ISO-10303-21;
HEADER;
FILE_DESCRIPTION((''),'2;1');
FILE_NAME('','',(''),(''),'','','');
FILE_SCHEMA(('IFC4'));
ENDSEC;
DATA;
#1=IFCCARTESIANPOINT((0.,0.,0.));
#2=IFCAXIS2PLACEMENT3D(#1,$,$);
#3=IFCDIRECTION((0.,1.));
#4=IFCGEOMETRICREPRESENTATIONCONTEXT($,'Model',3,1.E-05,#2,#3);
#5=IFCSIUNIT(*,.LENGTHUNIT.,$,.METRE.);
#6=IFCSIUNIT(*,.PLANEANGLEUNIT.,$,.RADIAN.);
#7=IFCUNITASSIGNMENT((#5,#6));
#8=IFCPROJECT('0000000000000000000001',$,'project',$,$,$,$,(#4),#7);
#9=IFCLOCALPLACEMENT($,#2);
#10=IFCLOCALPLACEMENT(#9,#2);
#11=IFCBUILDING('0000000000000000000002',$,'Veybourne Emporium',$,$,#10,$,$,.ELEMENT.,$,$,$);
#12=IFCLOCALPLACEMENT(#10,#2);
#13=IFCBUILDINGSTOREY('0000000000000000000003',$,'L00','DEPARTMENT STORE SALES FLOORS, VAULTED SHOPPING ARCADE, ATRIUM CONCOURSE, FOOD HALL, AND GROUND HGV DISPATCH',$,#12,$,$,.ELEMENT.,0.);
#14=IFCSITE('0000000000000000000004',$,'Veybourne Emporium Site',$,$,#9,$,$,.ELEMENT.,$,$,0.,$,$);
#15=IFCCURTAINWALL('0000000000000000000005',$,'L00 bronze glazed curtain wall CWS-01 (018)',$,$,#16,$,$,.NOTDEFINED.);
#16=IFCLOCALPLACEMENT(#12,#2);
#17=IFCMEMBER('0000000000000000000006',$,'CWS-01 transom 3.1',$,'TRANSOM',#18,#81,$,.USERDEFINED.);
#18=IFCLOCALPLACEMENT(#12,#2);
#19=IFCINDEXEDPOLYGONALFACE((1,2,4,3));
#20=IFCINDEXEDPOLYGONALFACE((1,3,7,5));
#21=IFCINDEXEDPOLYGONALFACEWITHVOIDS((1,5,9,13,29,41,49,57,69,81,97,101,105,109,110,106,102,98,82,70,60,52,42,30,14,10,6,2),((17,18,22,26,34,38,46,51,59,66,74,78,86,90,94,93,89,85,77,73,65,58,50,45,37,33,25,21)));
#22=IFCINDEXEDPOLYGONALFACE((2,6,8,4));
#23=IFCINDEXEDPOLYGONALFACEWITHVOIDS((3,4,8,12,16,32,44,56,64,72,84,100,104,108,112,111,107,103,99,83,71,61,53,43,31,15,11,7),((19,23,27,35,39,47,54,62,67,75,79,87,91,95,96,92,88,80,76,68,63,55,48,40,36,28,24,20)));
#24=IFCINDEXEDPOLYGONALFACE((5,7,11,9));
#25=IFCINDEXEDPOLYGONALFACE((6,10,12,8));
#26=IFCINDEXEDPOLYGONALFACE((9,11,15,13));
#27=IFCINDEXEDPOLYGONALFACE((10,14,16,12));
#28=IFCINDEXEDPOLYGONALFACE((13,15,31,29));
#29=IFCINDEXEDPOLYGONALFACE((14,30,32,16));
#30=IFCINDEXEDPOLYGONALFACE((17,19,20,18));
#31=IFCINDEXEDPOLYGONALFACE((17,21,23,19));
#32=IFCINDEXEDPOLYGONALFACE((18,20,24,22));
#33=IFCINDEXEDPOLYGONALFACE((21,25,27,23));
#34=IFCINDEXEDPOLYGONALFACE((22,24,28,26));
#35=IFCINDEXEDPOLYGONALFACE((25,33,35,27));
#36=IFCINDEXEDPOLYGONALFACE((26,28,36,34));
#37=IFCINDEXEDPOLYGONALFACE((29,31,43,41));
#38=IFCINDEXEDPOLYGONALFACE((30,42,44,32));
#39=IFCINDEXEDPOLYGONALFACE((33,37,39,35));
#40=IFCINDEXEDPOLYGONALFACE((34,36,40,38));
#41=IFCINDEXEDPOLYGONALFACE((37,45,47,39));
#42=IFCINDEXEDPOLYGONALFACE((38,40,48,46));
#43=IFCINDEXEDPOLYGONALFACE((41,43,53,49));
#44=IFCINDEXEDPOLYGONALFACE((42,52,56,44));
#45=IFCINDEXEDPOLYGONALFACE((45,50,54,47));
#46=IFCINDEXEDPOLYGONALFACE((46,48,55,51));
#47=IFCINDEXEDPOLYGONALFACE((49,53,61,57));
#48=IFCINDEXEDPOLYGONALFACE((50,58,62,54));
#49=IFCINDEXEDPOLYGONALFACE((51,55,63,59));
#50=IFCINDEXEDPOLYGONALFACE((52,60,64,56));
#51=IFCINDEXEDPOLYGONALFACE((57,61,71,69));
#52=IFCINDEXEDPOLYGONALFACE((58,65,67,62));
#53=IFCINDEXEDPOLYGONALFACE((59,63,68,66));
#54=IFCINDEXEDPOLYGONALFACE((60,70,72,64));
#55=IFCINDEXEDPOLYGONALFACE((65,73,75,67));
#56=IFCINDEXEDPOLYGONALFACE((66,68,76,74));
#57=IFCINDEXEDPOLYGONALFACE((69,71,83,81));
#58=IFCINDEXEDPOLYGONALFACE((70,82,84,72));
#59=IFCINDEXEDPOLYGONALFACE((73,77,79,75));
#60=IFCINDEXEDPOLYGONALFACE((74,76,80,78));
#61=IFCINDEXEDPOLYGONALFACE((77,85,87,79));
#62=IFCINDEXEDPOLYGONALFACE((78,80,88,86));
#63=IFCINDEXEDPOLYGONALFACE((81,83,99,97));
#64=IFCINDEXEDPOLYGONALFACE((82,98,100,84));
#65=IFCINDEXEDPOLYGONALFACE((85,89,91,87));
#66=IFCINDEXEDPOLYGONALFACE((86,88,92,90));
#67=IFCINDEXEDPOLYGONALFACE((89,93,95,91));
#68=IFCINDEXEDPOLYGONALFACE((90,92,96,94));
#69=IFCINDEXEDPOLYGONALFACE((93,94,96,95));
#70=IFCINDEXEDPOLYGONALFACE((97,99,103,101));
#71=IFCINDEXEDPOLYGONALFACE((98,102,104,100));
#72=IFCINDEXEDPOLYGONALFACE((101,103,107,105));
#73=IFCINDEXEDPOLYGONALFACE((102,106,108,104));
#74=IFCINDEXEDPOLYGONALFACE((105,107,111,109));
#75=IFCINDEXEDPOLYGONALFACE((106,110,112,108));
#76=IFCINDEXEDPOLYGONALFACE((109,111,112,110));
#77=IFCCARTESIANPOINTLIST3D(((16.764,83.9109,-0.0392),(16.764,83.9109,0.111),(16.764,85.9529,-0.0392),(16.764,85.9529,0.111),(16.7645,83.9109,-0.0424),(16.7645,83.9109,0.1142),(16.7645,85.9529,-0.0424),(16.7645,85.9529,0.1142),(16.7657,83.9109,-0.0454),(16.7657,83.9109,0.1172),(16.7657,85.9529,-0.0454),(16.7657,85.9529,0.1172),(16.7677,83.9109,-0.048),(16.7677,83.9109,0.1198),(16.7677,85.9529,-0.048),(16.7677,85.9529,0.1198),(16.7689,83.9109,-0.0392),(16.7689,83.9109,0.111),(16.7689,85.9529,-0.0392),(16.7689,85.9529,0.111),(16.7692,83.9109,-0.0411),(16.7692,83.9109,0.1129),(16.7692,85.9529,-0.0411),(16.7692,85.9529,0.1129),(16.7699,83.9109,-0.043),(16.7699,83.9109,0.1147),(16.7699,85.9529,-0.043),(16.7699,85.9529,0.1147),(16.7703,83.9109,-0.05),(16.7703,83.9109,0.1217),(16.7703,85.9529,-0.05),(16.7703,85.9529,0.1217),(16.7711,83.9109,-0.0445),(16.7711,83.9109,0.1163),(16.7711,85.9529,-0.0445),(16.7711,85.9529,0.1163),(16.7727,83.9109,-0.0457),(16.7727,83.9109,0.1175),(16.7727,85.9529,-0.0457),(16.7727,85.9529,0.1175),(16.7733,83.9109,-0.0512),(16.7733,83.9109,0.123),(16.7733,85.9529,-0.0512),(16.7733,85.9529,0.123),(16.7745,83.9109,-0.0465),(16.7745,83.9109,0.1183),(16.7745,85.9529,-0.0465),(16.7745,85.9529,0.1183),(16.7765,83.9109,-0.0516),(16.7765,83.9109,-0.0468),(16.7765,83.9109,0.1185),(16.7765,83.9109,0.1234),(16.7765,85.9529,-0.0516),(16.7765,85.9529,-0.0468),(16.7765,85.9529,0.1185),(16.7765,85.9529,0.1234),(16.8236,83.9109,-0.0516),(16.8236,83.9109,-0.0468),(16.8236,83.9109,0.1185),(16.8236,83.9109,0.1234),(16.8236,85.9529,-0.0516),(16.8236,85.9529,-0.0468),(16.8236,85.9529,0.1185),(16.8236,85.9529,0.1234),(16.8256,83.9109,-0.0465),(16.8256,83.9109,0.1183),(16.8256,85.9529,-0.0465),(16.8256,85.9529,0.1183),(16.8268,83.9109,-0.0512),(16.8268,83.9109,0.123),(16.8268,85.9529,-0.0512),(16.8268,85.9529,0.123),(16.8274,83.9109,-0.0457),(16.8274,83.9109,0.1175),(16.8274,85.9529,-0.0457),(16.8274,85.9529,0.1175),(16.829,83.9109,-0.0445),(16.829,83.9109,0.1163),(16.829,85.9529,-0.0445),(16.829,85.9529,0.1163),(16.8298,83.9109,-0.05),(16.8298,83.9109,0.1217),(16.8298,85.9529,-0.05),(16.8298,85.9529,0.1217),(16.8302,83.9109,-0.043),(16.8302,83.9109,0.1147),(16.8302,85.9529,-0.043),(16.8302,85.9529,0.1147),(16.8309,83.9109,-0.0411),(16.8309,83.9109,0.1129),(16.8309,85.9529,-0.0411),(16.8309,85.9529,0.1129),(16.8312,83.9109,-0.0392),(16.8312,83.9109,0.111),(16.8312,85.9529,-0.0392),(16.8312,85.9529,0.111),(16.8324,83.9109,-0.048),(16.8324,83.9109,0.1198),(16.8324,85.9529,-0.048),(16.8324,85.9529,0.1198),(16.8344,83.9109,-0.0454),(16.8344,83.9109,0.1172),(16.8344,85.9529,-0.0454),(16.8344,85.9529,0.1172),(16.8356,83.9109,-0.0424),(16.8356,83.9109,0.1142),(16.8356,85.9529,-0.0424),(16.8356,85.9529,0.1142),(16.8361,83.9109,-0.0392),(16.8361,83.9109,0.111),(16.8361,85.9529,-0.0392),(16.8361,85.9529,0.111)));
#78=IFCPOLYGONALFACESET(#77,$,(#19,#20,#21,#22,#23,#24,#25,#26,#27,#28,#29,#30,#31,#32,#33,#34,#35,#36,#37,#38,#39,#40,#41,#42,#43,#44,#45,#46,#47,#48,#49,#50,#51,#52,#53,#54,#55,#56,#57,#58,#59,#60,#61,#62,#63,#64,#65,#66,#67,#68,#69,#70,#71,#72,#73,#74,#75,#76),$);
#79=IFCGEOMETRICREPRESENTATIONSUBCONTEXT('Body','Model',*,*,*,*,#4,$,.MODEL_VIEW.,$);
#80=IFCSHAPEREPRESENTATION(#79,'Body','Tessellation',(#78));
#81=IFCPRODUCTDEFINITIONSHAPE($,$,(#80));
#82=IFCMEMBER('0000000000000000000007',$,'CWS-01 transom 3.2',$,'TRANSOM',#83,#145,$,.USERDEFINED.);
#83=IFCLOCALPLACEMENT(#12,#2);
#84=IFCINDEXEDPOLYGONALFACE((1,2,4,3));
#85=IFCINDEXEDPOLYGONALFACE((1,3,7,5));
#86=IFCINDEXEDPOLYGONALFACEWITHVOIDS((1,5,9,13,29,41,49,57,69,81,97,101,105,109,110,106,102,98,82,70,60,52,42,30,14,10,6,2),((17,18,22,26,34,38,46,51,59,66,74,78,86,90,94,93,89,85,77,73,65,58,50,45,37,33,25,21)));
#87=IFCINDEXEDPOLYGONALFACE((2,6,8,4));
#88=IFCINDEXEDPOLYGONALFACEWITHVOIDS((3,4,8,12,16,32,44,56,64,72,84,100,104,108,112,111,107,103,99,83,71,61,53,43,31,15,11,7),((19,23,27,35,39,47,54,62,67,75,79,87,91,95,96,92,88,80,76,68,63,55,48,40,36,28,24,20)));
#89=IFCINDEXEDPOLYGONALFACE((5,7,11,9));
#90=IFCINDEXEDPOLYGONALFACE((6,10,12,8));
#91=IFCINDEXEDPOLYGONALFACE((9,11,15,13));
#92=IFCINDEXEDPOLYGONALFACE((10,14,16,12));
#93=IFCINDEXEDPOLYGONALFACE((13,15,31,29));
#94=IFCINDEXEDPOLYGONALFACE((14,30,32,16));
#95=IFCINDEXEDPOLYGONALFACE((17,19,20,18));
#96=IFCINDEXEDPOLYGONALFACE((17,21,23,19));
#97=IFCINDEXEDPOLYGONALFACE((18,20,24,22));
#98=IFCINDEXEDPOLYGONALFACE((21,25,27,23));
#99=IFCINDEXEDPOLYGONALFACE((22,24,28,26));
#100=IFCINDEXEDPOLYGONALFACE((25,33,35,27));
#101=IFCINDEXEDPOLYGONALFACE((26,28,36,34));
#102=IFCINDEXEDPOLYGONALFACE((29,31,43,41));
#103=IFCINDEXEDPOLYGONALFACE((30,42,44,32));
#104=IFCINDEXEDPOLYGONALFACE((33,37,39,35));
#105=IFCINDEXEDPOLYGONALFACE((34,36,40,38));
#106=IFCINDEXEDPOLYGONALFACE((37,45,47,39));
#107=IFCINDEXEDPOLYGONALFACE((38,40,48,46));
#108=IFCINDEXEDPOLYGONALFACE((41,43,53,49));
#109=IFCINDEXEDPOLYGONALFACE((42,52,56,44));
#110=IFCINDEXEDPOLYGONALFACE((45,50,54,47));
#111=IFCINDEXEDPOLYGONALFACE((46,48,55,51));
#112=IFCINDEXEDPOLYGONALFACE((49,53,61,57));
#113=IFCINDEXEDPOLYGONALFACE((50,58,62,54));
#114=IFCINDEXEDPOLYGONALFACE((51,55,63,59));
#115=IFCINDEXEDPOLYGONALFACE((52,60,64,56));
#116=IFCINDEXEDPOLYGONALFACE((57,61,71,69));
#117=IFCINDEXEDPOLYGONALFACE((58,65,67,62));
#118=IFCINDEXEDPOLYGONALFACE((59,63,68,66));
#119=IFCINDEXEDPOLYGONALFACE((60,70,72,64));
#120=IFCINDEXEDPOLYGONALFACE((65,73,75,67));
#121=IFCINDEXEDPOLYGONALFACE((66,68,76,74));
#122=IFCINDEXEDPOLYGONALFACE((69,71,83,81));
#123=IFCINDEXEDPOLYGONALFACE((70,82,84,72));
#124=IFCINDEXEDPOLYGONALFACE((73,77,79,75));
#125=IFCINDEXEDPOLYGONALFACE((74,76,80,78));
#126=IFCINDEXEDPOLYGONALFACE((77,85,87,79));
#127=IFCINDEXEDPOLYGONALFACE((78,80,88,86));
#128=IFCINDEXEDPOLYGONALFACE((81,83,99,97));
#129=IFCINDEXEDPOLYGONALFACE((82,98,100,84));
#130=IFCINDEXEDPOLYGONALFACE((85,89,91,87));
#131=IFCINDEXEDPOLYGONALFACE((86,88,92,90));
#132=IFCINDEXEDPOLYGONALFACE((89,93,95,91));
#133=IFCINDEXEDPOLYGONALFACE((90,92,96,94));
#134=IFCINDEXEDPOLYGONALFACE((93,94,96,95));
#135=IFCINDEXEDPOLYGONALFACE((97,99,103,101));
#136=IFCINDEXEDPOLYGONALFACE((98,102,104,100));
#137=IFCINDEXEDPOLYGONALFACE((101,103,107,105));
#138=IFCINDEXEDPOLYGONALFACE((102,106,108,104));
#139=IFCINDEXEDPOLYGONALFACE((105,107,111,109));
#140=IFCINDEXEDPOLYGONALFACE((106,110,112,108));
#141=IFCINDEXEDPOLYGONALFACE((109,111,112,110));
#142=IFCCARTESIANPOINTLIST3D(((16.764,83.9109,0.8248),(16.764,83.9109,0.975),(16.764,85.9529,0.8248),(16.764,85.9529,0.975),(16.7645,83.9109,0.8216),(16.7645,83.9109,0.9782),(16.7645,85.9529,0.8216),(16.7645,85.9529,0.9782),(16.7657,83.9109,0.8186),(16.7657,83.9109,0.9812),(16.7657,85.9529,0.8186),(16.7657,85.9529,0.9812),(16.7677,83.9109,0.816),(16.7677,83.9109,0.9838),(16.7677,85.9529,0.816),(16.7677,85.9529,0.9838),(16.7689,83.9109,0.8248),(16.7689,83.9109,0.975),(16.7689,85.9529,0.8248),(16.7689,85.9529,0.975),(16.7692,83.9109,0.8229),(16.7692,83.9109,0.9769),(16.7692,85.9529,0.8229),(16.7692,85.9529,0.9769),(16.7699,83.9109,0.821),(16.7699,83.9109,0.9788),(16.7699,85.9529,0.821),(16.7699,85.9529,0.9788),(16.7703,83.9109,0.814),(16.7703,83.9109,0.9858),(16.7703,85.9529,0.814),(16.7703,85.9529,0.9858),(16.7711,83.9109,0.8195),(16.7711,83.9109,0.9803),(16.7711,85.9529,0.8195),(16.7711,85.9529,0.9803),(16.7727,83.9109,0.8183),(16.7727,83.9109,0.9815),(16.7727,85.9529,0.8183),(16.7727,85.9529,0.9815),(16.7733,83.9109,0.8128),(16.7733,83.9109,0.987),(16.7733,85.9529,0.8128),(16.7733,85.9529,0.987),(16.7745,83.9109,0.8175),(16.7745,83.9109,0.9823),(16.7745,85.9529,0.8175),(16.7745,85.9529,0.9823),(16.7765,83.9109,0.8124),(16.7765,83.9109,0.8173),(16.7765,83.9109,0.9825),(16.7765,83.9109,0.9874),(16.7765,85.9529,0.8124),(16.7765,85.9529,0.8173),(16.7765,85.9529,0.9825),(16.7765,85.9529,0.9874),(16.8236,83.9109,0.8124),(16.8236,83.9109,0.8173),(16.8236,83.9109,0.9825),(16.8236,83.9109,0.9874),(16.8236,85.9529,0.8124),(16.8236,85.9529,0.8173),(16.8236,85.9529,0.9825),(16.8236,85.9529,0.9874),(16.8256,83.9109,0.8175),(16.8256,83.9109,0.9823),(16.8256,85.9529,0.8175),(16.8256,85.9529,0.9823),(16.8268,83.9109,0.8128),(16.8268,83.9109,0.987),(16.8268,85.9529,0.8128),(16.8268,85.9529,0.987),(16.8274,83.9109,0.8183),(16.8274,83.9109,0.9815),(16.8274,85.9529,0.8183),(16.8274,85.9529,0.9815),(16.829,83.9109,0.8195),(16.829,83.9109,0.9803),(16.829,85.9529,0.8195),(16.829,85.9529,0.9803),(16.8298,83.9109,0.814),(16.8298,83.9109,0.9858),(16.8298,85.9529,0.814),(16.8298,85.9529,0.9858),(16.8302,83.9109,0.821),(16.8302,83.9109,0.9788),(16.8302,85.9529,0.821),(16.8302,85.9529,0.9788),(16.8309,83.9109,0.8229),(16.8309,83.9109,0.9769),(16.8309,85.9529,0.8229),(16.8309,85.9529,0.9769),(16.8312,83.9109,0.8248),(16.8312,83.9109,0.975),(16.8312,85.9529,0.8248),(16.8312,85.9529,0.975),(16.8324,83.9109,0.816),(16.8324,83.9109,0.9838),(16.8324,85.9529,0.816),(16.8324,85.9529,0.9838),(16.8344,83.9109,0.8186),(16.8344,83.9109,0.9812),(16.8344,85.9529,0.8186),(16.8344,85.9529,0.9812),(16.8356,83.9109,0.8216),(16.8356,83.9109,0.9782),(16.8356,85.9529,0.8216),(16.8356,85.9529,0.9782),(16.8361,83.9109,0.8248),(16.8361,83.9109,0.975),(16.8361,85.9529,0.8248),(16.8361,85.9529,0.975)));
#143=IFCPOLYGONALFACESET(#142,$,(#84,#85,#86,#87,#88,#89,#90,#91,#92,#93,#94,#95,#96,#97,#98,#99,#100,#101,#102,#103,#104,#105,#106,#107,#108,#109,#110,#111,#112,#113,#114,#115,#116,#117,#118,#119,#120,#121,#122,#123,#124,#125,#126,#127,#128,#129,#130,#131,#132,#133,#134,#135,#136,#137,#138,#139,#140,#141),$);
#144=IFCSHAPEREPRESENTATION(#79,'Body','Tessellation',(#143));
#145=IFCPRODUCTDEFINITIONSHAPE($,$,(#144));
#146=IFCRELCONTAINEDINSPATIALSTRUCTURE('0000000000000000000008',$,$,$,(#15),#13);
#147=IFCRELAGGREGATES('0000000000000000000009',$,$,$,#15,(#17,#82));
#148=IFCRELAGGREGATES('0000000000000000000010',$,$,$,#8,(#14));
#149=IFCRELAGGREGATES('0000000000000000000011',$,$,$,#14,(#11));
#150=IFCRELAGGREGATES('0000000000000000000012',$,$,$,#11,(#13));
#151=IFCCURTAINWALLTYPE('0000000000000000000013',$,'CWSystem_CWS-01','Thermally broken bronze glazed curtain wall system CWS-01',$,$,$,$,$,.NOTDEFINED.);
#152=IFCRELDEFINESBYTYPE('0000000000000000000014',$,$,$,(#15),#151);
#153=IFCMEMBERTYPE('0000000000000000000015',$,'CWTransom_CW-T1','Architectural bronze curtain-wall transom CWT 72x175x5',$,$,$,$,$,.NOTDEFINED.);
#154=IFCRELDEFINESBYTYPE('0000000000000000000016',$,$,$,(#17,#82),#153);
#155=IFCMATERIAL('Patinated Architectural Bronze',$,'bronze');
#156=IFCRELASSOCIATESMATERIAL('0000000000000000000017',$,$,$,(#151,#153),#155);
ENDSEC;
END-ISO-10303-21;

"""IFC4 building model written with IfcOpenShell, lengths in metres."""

from ifc_helpers import new_model, si_unit, direction, frame, origin, origin_2d, place, context, subcontext, project, spatial, hollow_rectangle, extrude, material, material_profile, profile_set, type_object, element, aggregate, save


model = new_model("IFC4")

# Units and contexts
model_context = context("Model", 3, precision=1e-05, world=origin(), true_north=direction((0.0, 1.0)))
body_context = subcontext(model_context, "Body", "Model", "MODEL_VIEW")
ifc_project = project(units=[si_unit("LENGTHUNIT", "METRE"), si_unit("PLANEANGLEUNIT", "RADIAN")], contexts=[model_context])

# Site, building, storey
site_placement = place(None, origin())
site = spatial("IfcSite", under=ifc_project, at=site_placement, Name="Veybourne Emporium Site", CompositionType="ELEMENT", RefElevation=0.0)
building_placement = place(site_placement, origin())
building = spatial("IfcBuilding", under=site, at=building_placement, Name="Veybourne Emporium", CompositionType="ELEMENT")
storey_placement = place(building_placement, origin())
storey = spatial("IfcBuildingStorey", under=building, at=storey_placement, Name="L00", Description="DEPARTMENT STORE SALES FLOORS, VAULTED SHOPPING ARCADE, ATRIUM CONCOURSE, FOOD HALL, AND GROUND HGV DISPATCH", CompositionType="ELEMENT", Elevation=0.0)

# Curtain wall, members
ifc_material_1 = material(Name="Patinated Architectural Bronze", Category="bronze")
curtain_wall_type = type_object("IfcCurtainWallType", Name="CWSystem_CWS-01", Description="Thermally broken bronze glazed curtain wall system CWS-01", PredefinedType="NOTDEFINED", material=ifc_material_1)
curtain_wall_placement = place(storey_placement, origin())
curtain_wall = element("IfcCurtainWall", 1, at=curtain_wall_placement, inside=storey, type_object=curtain_wall_type, Name="L00 bronze glazed curtain wall CWS-01 (018)", PredefinedType="NOTDEFINED")
ifc_material_profile_1 = material_profile(ifc_material_1, hollow_rectangle(XDim=0.072, YDim=0.175, WallThickness=0.0049, InnerFilletRadius=0.0076, OuterFilletRadius=0.0125, at=origin_2d()), Name="CWT 72x175x5")
ifc_profile_set_1 = profile_set([ifc_material_profile_1], Name="Patinated Architectural Bronze")
member_type_1 = type_object("IfcMemberType", Name="CWTransom_CW-T1", Description="Architectural bronze curtain-wall transom CWT 72x175x5", PredefinedType="NOTDEFINED", material=ifc_profile_set_1)
member_1_placement = place(storey_placement, frame((16.8, 83.9109, 0.0359), z_axis=(0.0, 1.0, 0.0), x_axis=(-1.0, 0.0, 0.0)))
member_1 = element("IfcMember", 2, at=member_1_placement, type_object=member_type_1, Name="CWS-01 transom 3.1", ObjectType="TRANSOM", PredefinedType="USERDEFINED", context=body_context, shape_type="SweptSolid", body=[
    extrude(hollow_rectangle(XDim=0.072, YDim=0.175, WallThickness=0.0049, InnerFilletRadius=0.0076, OuterFilletRadius=0.0125, at=origin_2d()), origin(), (0.0, 0.0, 1.0), 2.042),
])
member_2_placement = place(storey_placement, frame((16.8, 83.9109, 0.8999), z_axis=(0.0, 1.0, 0.0), x_axis=(-1.0, 0.0, 0.0)))
member_2 = element("IfcMember", 3, at=member_2_placement, type_object=member_type_1, Name="CWS-01 transom 3.2", ObjectType="TRANSOM", PredefinedType="USERDEFINED", context=body_context, shape_type="SweptSolid", body=[
    extrude(hollow_rectangle(XDim=0.072, YDim=0.175, WallThickness=0.0049, InnerFilletRadius=0.0076, OuterFilletRadius=0.0125, at=origin_2d()), origin(), (0.0, 0.0, 1.0), 2.042),
])

aggregate(curtain_wall, [member_1, member_2])

save(model, "model.ifc")
